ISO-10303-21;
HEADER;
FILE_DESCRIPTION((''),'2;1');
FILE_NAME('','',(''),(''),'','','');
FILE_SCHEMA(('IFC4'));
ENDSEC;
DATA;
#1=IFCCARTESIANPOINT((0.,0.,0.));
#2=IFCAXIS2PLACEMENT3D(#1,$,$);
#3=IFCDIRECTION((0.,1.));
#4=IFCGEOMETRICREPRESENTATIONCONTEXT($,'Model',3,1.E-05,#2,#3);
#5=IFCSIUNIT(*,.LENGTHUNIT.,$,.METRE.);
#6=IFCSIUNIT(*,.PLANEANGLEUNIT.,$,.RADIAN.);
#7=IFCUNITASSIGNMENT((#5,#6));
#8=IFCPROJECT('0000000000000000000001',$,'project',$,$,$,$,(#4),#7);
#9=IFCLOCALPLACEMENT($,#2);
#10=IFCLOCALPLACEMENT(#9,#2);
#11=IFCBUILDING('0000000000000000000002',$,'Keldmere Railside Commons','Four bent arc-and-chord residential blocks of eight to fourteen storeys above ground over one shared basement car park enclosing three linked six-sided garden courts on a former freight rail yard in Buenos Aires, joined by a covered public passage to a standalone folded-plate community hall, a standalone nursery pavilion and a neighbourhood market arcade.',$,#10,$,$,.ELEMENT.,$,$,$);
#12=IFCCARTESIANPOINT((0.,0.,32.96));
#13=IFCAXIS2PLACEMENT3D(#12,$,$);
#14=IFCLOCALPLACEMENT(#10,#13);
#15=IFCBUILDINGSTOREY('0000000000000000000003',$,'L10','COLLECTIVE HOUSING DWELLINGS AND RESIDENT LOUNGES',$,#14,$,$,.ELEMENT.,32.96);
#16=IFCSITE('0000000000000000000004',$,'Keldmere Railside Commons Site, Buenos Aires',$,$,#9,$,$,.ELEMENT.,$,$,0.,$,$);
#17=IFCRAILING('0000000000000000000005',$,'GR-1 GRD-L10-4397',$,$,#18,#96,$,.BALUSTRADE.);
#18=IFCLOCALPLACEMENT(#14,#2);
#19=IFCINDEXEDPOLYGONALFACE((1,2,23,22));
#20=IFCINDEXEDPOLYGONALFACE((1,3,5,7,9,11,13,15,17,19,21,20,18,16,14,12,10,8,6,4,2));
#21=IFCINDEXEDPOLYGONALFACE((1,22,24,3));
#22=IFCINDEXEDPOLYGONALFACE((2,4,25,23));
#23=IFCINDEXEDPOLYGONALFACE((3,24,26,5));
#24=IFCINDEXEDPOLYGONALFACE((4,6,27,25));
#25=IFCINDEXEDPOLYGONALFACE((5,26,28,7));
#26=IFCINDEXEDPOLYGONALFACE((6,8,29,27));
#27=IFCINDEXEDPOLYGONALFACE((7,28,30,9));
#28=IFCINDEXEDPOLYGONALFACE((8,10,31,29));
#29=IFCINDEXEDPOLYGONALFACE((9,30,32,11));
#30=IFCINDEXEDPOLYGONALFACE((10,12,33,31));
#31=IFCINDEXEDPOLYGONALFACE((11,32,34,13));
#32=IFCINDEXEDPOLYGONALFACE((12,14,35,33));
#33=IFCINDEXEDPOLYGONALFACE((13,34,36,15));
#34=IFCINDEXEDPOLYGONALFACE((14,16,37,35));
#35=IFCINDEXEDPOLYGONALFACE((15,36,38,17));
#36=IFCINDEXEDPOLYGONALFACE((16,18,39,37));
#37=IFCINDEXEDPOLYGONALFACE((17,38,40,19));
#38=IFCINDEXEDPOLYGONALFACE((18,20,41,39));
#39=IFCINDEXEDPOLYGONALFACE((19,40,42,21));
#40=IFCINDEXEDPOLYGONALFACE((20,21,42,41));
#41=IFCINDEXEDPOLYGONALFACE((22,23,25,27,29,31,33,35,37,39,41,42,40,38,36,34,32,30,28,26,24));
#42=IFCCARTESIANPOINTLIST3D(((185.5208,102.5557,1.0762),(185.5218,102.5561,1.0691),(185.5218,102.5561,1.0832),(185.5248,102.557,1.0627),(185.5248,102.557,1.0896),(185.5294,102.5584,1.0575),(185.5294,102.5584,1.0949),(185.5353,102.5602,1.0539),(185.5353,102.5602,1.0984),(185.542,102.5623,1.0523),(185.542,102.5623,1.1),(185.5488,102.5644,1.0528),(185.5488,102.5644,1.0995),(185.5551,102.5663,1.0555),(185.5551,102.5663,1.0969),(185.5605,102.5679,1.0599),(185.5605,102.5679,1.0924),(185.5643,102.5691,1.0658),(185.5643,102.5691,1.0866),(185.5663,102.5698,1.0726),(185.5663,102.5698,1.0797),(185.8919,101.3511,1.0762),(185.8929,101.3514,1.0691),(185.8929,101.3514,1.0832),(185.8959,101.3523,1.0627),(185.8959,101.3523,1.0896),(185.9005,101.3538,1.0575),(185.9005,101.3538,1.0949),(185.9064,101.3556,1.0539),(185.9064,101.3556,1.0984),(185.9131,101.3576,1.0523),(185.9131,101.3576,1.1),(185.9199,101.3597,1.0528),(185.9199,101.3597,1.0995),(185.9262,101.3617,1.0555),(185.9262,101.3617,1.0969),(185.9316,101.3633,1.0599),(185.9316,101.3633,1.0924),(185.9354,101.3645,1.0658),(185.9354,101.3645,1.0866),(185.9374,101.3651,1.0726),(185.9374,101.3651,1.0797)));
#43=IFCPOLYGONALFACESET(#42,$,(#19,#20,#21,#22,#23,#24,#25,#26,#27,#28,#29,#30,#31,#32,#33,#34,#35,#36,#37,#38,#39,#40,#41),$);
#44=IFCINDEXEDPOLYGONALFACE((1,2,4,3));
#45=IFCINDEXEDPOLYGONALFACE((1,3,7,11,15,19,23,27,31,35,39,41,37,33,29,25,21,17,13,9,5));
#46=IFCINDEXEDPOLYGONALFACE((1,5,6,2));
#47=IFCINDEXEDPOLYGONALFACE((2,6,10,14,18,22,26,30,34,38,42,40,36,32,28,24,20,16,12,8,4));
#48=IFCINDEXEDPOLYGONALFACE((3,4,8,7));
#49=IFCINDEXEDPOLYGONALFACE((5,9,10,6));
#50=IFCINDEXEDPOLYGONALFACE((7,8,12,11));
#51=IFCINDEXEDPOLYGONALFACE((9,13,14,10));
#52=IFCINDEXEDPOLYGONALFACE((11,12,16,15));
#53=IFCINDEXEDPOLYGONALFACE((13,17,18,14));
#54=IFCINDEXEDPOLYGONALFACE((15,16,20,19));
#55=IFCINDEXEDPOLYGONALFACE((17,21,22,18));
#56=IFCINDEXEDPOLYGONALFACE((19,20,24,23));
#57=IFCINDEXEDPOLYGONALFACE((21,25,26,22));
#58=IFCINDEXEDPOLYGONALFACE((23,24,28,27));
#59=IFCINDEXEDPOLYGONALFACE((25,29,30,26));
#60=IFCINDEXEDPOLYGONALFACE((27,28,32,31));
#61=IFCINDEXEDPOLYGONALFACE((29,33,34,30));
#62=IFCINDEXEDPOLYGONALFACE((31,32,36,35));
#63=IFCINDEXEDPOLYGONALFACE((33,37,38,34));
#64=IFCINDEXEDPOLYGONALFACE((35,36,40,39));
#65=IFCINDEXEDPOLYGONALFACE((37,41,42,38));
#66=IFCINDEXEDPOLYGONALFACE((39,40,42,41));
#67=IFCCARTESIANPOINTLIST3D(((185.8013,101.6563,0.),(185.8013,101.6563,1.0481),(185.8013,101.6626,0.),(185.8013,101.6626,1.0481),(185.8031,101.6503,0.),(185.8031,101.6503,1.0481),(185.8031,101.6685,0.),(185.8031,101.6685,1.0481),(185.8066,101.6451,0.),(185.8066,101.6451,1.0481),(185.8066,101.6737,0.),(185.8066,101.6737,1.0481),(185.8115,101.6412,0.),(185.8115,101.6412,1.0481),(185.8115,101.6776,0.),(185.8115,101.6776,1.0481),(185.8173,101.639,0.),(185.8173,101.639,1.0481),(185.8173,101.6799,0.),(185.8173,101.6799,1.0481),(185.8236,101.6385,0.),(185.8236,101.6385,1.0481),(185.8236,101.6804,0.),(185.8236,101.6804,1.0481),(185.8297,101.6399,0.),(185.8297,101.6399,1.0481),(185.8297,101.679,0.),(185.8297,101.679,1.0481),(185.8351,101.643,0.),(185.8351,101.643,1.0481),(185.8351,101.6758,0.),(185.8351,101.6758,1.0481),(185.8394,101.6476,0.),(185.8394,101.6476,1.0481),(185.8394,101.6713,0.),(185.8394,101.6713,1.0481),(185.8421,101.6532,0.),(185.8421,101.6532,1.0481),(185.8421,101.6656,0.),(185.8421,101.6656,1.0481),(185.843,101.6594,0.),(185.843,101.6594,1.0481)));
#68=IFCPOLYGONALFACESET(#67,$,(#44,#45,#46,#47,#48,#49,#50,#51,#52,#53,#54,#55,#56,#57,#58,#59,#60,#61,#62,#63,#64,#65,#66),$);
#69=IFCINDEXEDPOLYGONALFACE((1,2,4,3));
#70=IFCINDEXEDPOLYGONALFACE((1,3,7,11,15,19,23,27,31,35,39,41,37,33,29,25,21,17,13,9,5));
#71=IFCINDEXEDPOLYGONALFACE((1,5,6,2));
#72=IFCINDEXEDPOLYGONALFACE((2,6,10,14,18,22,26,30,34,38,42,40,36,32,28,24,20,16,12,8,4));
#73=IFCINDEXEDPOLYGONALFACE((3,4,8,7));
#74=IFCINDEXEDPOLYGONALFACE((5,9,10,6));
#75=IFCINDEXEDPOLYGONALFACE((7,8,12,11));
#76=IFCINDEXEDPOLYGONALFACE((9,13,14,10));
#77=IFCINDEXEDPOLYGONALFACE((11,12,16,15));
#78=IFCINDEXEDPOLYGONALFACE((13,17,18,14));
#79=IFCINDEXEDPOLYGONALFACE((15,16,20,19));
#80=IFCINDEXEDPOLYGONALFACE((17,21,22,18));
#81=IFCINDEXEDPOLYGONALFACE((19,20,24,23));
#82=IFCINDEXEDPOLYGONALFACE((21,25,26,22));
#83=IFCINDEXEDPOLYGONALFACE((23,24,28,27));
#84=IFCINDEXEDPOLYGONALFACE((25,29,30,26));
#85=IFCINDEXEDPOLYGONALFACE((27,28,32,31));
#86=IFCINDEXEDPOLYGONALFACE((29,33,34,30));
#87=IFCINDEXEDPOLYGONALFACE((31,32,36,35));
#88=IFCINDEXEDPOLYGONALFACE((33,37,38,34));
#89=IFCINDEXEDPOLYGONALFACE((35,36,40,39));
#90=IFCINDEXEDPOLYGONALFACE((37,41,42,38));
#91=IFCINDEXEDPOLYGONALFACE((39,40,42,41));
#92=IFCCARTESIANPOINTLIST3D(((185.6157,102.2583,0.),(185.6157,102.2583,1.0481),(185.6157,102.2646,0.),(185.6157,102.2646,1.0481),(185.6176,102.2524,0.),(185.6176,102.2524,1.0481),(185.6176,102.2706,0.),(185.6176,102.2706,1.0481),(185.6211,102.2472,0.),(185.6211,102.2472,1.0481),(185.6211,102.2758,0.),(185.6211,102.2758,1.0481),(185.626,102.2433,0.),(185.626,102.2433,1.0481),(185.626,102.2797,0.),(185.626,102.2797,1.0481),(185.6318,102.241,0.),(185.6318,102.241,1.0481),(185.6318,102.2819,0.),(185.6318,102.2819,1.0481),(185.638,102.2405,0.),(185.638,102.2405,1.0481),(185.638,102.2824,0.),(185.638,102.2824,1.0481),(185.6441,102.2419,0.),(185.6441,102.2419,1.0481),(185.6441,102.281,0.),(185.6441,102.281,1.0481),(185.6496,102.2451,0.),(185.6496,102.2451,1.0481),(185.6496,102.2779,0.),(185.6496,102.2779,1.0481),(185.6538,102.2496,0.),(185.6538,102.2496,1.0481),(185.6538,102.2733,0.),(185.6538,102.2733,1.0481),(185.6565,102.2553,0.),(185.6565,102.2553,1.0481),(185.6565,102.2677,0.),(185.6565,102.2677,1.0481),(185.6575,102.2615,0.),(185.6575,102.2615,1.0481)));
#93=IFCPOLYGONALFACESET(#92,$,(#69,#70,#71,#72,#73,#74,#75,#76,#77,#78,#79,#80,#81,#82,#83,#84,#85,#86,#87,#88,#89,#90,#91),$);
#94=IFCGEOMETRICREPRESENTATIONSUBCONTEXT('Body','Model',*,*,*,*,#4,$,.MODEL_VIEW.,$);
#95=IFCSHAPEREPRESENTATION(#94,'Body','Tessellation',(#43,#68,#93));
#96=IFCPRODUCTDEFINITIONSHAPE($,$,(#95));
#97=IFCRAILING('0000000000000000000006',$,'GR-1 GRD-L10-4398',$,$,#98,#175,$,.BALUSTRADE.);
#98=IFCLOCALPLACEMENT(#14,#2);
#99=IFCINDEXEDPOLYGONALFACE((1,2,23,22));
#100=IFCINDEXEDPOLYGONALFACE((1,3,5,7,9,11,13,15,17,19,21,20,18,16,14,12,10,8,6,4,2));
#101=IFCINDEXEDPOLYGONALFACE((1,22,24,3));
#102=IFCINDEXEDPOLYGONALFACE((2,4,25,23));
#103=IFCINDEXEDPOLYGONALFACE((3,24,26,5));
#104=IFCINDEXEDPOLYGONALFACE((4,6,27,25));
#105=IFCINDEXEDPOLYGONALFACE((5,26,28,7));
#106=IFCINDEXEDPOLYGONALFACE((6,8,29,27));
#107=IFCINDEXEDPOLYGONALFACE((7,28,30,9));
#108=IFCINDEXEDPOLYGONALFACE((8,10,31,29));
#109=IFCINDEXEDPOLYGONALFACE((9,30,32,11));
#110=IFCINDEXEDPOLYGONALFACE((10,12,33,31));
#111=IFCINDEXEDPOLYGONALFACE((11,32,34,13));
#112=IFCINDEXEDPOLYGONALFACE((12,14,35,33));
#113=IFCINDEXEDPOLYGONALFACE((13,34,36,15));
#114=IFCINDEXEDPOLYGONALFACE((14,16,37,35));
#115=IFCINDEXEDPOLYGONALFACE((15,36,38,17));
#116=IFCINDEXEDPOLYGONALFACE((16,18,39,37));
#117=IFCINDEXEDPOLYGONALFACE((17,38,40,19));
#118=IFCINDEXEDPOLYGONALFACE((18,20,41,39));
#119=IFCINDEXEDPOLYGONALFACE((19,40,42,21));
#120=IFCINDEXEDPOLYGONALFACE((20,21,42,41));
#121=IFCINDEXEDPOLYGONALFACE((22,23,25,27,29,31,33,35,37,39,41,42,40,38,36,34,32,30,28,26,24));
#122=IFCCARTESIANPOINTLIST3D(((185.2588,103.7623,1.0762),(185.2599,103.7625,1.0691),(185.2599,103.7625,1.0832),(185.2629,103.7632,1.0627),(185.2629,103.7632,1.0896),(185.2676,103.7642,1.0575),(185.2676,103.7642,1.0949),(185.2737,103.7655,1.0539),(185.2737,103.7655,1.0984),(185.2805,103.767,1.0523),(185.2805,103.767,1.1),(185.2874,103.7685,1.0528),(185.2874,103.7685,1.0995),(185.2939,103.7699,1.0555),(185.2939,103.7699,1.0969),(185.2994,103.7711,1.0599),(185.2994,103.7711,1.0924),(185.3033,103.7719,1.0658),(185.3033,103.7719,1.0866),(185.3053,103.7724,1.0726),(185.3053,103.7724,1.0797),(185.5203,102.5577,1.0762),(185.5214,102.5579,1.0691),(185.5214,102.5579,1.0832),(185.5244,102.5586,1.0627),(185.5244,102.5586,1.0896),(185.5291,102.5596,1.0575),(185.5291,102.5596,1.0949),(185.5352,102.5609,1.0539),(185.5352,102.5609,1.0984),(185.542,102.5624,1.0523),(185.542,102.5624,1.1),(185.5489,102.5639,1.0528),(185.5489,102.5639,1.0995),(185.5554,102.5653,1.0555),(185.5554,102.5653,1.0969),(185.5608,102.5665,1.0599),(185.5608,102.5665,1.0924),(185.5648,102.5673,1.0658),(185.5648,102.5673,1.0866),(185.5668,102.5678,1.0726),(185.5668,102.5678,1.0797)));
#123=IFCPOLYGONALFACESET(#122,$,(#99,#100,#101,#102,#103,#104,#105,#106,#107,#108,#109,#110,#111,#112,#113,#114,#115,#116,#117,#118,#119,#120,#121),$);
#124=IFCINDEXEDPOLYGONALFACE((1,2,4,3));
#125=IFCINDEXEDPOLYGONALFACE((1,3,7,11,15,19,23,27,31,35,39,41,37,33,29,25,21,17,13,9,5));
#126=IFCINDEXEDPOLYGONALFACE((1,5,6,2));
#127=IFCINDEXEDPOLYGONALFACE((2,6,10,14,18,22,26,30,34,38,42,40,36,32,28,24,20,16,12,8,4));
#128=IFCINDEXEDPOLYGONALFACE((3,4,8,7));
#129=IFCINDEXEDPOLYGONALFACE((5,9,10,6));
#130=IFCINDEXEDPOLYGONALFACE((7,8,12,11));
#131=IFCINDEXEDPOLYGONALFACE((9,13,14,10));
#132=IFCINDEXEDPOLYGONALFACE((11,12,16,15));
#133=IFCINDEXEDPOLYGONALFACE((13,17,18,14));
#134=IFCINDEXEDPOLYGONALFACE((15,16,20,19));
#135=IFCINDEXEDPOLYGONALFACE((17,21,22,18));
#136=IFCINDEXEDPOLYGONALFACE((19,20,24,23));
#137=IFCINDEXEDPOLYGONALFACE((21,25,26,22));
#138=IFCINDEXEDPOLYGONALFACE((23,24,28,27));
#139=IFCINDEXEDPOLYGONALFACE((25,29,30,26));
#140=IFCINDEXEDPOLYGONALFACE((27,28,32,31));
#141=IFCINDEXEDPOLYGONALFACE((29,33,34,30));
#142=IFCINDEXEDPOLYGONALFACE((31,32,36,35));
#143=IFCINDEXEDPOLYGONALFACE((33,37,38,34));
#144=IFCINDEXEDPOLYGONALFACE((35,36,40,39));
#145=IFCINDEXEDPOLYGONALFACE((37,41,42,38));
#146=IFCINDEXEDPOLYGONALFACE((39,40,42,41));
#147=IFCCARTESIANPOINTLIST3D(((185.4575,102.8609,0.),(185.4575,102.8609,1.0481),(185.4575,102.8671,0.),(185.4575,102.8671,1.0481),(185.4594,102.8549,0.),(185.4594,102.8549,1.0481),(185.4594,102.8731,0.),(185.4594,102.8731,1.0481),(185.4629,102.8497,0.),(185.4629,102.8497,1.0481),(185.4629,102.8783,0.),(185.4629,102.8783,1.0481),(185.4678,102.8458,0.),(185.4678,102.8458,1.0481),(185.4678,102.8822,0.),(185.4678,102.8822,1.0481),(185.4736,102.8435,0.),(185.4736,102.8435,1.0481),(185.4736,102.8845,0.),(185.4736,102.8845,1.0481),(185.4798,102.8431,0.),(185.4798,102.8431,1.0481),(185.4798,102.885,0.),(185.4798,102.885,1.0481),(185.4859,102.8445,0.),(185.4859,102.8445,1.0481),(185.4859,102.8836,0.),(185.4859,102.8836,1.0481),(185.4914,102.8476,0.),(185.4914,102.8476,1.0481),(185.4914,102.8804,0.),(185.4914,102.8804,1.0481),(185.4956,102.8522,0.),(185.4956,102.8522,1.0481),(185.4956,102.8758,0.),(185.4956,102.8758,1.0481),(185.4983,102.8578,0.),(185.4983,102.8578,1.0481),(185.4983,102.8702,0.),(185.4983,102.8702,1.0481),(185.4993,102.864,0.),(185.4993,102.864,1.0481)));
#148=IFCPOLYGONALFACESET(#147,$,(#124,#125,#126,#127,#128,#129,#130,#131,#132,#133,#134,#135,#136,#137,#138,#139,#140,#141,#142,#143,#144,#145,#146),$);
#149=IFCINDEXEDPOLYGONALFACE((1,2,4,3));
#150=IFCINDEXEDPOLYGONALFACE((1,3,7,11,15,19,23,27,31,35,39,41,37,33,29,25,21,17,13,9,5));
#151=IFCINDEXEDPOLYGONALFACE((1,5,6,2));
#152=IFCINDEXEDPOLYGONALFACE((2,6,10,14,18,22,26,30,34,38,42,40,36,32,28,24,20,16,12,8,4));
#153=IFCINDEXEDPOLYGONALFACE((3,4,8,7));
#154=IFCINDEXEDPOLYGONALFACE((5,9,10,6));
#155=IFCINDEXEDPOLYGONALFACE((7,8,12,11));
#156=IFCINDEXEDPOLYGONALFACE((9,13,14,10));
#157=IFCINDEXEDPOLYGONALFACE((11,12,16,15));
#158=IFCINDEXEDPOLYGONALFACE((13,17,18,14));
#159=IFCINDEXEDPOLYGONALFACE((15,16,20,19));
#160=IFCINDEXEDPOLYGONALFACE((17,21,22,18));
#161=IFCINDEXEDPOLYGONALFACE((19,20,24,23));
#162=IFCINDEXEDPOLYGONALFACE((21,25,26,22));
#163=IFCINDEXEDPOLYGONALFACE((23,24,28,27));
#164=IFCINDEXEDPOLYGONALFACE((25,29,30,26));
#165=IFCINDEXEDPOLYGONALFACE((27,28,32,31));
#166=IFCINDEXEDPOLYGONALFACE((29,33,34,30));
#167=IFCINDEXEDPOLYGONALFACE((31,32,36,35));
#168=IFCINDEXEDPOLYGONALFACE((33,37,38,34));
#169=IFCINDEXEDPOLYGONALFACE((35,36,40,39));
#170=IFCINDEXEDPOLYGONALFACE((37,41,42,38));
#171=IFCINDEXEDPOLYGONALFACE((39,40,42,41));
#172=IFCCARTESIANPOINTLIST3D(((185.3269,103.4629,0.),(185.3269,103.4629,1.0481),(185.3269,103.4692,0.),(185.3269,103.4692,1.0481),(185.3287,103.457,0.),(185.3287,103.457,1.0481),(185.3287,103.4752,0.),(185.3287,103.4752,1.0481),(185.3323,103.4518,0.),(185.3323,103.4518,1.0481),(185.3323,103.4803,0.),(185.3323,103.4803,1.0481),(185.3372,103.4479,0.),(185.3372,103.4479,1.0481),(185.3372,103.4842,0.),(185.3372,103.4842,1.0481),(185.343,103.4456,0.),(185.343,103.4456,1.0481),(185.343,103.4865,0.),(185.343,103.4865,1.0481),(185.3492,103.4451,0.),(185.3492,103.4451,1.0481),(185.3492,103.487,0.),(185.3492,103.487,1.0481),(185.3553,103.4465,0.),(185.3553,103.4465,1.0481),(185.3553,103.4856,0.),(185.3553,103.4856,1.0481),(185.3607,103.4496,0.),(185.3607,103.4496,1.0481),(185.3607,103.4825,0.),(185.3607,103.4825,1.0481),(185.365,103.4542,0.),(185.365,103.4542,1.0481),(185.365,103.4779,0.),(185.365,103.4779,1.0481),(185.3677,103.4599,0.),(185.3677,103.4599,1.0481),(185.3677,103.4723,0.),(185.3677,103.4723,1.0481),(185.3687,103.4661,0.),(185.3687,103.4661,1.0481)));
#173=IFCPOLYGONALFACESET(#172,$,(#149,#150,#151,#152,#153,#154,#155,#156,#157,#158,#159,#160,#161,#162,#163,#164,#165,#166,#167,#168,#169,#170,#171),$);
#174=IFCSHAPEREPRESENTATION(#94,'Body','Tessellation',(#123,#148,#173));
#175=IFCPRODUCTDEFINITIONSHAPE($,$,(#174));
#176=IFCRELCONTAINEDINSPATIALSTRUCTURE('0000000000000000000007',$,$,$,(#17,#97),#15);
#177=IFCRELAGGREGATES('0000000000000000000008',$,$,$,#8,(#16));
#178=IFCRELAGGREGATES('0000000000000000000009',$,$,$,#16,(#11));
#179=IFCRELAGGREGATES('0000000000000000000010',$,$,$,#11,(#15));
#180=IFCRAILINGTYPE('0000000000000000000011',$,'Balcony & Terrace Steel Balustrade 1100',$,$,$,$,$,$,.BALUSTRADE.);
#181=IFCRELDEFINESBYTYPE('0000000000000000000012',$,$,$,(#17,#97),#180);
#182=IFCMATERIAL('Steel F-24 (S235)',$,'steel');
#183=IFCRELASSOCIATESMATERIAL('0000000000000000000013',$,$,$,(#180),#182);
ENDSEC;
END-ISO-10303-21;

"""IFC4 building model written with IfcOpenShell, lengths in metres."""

from ifc_helpers import new_model, si_unit, direction, frame, origin, origin_2d, place, context, subcontext, project, spatial, circle, extrude, material, type_object, element, save


model = new_model("IFC4")

# Units and contexts
model_context = context("Model", 3, precision=1e-05, world=origin(), true_north=direction((0.0, 1.0)))
body_context = subcontext(model_context, "Body", "Model", "MODEL_VIEW")
ifc_project = project(units=[si_unit("LENGTHUNIT", "METRE"), si_unit("PLANEANGLEUNIT", "RADIAN")], contexts=[model_context])

# Site, building, storey
site_placement = place(None, origin())
site = spatial("IfcSite", under=ifc_project, at=site_placement, Name="Keldmere Railside Commons Site, Buenos Aires", CompositionType="ELEMENT", RefElevation=0.0)
building_placement = place(site_placement, origin())
building = spatial("IfcBuilding", under=site, at=building_placement, Name="Keldmere Railside Commons", Description="Four bent arc-and-chord residential blocks of eight to fourteen storeys above ground over one shared basement car park enclosing three linked six-sided garden courts on a former freight rail yard in Buenos Aires, joined by a covered public passage to a standalone folded-plate community hall, a standalone nursery pavilion and a neighbourhood market arcade.", CompositionType="ELEMENT")
storey_placement = place(building_placement, frame((0.0, 0.0, 32.96)))
storey = spatial("IfcBuildingStorey", under=building, at=storey_placement, Name="L10", Description="COLLECTIVE HOUSING DWELLINGS AND RESIDENT LOUNGES", CompositionType="ELEMENT", Elevation=32.96)

# Railings
ifc_material_1 = material(Name="Steel F-24 (S235)", Category="steel")
railing_type = type_object("IfcRailingType", Name="Balcony & Terrace Steel Balustrade 1100", PredefinedType="BALUSTRADE", material=ifc_material_1)
railing_1_placement = place(storey_placement, frame((185.9148, 101.3582, 0.0)))
element("IfcRailing", 1, at=railing_1_placement, inside=storey, type_object=railing_type, Name="GR-1 GRD-L10-4397", PredefinedType="BALUSTRADE", context=body_context, shape_type="SweptSolid", body=[
    extrude(circle(Radius=0.0239, at=origin_2d()), frame((0.0, 0.0, 1.0762), z_axis=(-0.294412, 0.955678, 0.0), x_axis=(-0.955678, -0.294412, 0.0)), (0.0, 0.0, 1.0), 1.2605),
    extrude(circle(Radius=0.021, at=origin_2d()), frame((-0.0928, 0.3013, 0.0)), (0.0, 0.0, 1.0), 1.0481),
    extrude(circle(Radius=0.021, at=origin_2d()), frame((-0.2783, 0.9033, 0.0)), (0.0, 0.0, 1.0), 1.0481),
])
railing_2_placement = place(storey_placement, frame((185.5437, 102.5627, 0.0)))
element("IfcRailing", 2, at=railing_2_placement, inside=storey, type_object=railing_type, Name="GR-1 GRD-L10-4398", PredefinedType="BALUSTRADE", context=body_context, shape_type="SweptSolid", body=[
    extrude(circle(Radius=0.0239, at=origin_2d()), frame((0.0, 0.0, 1.0762), z_axis=(-0.212125, 0.977242, 0.0), x_axis=(-0.977242, -0.212125, 0.0)), (0.0, 0.0, 1.0), 1.2327),
    extrude(circle(Radius=0.021, at=origin_2d()), frame((-0.0654, 0.3013, 0.0)), (0.0, 0.0, 1.0), 1.0481),
    extrude(circle(Radius=0.021, at=origin_2d()), frame((-0.196, 0.9033, 0.0)), (0.0, 0.0, 1.0), 1.0481),
])

save(model, "model.ifc")
